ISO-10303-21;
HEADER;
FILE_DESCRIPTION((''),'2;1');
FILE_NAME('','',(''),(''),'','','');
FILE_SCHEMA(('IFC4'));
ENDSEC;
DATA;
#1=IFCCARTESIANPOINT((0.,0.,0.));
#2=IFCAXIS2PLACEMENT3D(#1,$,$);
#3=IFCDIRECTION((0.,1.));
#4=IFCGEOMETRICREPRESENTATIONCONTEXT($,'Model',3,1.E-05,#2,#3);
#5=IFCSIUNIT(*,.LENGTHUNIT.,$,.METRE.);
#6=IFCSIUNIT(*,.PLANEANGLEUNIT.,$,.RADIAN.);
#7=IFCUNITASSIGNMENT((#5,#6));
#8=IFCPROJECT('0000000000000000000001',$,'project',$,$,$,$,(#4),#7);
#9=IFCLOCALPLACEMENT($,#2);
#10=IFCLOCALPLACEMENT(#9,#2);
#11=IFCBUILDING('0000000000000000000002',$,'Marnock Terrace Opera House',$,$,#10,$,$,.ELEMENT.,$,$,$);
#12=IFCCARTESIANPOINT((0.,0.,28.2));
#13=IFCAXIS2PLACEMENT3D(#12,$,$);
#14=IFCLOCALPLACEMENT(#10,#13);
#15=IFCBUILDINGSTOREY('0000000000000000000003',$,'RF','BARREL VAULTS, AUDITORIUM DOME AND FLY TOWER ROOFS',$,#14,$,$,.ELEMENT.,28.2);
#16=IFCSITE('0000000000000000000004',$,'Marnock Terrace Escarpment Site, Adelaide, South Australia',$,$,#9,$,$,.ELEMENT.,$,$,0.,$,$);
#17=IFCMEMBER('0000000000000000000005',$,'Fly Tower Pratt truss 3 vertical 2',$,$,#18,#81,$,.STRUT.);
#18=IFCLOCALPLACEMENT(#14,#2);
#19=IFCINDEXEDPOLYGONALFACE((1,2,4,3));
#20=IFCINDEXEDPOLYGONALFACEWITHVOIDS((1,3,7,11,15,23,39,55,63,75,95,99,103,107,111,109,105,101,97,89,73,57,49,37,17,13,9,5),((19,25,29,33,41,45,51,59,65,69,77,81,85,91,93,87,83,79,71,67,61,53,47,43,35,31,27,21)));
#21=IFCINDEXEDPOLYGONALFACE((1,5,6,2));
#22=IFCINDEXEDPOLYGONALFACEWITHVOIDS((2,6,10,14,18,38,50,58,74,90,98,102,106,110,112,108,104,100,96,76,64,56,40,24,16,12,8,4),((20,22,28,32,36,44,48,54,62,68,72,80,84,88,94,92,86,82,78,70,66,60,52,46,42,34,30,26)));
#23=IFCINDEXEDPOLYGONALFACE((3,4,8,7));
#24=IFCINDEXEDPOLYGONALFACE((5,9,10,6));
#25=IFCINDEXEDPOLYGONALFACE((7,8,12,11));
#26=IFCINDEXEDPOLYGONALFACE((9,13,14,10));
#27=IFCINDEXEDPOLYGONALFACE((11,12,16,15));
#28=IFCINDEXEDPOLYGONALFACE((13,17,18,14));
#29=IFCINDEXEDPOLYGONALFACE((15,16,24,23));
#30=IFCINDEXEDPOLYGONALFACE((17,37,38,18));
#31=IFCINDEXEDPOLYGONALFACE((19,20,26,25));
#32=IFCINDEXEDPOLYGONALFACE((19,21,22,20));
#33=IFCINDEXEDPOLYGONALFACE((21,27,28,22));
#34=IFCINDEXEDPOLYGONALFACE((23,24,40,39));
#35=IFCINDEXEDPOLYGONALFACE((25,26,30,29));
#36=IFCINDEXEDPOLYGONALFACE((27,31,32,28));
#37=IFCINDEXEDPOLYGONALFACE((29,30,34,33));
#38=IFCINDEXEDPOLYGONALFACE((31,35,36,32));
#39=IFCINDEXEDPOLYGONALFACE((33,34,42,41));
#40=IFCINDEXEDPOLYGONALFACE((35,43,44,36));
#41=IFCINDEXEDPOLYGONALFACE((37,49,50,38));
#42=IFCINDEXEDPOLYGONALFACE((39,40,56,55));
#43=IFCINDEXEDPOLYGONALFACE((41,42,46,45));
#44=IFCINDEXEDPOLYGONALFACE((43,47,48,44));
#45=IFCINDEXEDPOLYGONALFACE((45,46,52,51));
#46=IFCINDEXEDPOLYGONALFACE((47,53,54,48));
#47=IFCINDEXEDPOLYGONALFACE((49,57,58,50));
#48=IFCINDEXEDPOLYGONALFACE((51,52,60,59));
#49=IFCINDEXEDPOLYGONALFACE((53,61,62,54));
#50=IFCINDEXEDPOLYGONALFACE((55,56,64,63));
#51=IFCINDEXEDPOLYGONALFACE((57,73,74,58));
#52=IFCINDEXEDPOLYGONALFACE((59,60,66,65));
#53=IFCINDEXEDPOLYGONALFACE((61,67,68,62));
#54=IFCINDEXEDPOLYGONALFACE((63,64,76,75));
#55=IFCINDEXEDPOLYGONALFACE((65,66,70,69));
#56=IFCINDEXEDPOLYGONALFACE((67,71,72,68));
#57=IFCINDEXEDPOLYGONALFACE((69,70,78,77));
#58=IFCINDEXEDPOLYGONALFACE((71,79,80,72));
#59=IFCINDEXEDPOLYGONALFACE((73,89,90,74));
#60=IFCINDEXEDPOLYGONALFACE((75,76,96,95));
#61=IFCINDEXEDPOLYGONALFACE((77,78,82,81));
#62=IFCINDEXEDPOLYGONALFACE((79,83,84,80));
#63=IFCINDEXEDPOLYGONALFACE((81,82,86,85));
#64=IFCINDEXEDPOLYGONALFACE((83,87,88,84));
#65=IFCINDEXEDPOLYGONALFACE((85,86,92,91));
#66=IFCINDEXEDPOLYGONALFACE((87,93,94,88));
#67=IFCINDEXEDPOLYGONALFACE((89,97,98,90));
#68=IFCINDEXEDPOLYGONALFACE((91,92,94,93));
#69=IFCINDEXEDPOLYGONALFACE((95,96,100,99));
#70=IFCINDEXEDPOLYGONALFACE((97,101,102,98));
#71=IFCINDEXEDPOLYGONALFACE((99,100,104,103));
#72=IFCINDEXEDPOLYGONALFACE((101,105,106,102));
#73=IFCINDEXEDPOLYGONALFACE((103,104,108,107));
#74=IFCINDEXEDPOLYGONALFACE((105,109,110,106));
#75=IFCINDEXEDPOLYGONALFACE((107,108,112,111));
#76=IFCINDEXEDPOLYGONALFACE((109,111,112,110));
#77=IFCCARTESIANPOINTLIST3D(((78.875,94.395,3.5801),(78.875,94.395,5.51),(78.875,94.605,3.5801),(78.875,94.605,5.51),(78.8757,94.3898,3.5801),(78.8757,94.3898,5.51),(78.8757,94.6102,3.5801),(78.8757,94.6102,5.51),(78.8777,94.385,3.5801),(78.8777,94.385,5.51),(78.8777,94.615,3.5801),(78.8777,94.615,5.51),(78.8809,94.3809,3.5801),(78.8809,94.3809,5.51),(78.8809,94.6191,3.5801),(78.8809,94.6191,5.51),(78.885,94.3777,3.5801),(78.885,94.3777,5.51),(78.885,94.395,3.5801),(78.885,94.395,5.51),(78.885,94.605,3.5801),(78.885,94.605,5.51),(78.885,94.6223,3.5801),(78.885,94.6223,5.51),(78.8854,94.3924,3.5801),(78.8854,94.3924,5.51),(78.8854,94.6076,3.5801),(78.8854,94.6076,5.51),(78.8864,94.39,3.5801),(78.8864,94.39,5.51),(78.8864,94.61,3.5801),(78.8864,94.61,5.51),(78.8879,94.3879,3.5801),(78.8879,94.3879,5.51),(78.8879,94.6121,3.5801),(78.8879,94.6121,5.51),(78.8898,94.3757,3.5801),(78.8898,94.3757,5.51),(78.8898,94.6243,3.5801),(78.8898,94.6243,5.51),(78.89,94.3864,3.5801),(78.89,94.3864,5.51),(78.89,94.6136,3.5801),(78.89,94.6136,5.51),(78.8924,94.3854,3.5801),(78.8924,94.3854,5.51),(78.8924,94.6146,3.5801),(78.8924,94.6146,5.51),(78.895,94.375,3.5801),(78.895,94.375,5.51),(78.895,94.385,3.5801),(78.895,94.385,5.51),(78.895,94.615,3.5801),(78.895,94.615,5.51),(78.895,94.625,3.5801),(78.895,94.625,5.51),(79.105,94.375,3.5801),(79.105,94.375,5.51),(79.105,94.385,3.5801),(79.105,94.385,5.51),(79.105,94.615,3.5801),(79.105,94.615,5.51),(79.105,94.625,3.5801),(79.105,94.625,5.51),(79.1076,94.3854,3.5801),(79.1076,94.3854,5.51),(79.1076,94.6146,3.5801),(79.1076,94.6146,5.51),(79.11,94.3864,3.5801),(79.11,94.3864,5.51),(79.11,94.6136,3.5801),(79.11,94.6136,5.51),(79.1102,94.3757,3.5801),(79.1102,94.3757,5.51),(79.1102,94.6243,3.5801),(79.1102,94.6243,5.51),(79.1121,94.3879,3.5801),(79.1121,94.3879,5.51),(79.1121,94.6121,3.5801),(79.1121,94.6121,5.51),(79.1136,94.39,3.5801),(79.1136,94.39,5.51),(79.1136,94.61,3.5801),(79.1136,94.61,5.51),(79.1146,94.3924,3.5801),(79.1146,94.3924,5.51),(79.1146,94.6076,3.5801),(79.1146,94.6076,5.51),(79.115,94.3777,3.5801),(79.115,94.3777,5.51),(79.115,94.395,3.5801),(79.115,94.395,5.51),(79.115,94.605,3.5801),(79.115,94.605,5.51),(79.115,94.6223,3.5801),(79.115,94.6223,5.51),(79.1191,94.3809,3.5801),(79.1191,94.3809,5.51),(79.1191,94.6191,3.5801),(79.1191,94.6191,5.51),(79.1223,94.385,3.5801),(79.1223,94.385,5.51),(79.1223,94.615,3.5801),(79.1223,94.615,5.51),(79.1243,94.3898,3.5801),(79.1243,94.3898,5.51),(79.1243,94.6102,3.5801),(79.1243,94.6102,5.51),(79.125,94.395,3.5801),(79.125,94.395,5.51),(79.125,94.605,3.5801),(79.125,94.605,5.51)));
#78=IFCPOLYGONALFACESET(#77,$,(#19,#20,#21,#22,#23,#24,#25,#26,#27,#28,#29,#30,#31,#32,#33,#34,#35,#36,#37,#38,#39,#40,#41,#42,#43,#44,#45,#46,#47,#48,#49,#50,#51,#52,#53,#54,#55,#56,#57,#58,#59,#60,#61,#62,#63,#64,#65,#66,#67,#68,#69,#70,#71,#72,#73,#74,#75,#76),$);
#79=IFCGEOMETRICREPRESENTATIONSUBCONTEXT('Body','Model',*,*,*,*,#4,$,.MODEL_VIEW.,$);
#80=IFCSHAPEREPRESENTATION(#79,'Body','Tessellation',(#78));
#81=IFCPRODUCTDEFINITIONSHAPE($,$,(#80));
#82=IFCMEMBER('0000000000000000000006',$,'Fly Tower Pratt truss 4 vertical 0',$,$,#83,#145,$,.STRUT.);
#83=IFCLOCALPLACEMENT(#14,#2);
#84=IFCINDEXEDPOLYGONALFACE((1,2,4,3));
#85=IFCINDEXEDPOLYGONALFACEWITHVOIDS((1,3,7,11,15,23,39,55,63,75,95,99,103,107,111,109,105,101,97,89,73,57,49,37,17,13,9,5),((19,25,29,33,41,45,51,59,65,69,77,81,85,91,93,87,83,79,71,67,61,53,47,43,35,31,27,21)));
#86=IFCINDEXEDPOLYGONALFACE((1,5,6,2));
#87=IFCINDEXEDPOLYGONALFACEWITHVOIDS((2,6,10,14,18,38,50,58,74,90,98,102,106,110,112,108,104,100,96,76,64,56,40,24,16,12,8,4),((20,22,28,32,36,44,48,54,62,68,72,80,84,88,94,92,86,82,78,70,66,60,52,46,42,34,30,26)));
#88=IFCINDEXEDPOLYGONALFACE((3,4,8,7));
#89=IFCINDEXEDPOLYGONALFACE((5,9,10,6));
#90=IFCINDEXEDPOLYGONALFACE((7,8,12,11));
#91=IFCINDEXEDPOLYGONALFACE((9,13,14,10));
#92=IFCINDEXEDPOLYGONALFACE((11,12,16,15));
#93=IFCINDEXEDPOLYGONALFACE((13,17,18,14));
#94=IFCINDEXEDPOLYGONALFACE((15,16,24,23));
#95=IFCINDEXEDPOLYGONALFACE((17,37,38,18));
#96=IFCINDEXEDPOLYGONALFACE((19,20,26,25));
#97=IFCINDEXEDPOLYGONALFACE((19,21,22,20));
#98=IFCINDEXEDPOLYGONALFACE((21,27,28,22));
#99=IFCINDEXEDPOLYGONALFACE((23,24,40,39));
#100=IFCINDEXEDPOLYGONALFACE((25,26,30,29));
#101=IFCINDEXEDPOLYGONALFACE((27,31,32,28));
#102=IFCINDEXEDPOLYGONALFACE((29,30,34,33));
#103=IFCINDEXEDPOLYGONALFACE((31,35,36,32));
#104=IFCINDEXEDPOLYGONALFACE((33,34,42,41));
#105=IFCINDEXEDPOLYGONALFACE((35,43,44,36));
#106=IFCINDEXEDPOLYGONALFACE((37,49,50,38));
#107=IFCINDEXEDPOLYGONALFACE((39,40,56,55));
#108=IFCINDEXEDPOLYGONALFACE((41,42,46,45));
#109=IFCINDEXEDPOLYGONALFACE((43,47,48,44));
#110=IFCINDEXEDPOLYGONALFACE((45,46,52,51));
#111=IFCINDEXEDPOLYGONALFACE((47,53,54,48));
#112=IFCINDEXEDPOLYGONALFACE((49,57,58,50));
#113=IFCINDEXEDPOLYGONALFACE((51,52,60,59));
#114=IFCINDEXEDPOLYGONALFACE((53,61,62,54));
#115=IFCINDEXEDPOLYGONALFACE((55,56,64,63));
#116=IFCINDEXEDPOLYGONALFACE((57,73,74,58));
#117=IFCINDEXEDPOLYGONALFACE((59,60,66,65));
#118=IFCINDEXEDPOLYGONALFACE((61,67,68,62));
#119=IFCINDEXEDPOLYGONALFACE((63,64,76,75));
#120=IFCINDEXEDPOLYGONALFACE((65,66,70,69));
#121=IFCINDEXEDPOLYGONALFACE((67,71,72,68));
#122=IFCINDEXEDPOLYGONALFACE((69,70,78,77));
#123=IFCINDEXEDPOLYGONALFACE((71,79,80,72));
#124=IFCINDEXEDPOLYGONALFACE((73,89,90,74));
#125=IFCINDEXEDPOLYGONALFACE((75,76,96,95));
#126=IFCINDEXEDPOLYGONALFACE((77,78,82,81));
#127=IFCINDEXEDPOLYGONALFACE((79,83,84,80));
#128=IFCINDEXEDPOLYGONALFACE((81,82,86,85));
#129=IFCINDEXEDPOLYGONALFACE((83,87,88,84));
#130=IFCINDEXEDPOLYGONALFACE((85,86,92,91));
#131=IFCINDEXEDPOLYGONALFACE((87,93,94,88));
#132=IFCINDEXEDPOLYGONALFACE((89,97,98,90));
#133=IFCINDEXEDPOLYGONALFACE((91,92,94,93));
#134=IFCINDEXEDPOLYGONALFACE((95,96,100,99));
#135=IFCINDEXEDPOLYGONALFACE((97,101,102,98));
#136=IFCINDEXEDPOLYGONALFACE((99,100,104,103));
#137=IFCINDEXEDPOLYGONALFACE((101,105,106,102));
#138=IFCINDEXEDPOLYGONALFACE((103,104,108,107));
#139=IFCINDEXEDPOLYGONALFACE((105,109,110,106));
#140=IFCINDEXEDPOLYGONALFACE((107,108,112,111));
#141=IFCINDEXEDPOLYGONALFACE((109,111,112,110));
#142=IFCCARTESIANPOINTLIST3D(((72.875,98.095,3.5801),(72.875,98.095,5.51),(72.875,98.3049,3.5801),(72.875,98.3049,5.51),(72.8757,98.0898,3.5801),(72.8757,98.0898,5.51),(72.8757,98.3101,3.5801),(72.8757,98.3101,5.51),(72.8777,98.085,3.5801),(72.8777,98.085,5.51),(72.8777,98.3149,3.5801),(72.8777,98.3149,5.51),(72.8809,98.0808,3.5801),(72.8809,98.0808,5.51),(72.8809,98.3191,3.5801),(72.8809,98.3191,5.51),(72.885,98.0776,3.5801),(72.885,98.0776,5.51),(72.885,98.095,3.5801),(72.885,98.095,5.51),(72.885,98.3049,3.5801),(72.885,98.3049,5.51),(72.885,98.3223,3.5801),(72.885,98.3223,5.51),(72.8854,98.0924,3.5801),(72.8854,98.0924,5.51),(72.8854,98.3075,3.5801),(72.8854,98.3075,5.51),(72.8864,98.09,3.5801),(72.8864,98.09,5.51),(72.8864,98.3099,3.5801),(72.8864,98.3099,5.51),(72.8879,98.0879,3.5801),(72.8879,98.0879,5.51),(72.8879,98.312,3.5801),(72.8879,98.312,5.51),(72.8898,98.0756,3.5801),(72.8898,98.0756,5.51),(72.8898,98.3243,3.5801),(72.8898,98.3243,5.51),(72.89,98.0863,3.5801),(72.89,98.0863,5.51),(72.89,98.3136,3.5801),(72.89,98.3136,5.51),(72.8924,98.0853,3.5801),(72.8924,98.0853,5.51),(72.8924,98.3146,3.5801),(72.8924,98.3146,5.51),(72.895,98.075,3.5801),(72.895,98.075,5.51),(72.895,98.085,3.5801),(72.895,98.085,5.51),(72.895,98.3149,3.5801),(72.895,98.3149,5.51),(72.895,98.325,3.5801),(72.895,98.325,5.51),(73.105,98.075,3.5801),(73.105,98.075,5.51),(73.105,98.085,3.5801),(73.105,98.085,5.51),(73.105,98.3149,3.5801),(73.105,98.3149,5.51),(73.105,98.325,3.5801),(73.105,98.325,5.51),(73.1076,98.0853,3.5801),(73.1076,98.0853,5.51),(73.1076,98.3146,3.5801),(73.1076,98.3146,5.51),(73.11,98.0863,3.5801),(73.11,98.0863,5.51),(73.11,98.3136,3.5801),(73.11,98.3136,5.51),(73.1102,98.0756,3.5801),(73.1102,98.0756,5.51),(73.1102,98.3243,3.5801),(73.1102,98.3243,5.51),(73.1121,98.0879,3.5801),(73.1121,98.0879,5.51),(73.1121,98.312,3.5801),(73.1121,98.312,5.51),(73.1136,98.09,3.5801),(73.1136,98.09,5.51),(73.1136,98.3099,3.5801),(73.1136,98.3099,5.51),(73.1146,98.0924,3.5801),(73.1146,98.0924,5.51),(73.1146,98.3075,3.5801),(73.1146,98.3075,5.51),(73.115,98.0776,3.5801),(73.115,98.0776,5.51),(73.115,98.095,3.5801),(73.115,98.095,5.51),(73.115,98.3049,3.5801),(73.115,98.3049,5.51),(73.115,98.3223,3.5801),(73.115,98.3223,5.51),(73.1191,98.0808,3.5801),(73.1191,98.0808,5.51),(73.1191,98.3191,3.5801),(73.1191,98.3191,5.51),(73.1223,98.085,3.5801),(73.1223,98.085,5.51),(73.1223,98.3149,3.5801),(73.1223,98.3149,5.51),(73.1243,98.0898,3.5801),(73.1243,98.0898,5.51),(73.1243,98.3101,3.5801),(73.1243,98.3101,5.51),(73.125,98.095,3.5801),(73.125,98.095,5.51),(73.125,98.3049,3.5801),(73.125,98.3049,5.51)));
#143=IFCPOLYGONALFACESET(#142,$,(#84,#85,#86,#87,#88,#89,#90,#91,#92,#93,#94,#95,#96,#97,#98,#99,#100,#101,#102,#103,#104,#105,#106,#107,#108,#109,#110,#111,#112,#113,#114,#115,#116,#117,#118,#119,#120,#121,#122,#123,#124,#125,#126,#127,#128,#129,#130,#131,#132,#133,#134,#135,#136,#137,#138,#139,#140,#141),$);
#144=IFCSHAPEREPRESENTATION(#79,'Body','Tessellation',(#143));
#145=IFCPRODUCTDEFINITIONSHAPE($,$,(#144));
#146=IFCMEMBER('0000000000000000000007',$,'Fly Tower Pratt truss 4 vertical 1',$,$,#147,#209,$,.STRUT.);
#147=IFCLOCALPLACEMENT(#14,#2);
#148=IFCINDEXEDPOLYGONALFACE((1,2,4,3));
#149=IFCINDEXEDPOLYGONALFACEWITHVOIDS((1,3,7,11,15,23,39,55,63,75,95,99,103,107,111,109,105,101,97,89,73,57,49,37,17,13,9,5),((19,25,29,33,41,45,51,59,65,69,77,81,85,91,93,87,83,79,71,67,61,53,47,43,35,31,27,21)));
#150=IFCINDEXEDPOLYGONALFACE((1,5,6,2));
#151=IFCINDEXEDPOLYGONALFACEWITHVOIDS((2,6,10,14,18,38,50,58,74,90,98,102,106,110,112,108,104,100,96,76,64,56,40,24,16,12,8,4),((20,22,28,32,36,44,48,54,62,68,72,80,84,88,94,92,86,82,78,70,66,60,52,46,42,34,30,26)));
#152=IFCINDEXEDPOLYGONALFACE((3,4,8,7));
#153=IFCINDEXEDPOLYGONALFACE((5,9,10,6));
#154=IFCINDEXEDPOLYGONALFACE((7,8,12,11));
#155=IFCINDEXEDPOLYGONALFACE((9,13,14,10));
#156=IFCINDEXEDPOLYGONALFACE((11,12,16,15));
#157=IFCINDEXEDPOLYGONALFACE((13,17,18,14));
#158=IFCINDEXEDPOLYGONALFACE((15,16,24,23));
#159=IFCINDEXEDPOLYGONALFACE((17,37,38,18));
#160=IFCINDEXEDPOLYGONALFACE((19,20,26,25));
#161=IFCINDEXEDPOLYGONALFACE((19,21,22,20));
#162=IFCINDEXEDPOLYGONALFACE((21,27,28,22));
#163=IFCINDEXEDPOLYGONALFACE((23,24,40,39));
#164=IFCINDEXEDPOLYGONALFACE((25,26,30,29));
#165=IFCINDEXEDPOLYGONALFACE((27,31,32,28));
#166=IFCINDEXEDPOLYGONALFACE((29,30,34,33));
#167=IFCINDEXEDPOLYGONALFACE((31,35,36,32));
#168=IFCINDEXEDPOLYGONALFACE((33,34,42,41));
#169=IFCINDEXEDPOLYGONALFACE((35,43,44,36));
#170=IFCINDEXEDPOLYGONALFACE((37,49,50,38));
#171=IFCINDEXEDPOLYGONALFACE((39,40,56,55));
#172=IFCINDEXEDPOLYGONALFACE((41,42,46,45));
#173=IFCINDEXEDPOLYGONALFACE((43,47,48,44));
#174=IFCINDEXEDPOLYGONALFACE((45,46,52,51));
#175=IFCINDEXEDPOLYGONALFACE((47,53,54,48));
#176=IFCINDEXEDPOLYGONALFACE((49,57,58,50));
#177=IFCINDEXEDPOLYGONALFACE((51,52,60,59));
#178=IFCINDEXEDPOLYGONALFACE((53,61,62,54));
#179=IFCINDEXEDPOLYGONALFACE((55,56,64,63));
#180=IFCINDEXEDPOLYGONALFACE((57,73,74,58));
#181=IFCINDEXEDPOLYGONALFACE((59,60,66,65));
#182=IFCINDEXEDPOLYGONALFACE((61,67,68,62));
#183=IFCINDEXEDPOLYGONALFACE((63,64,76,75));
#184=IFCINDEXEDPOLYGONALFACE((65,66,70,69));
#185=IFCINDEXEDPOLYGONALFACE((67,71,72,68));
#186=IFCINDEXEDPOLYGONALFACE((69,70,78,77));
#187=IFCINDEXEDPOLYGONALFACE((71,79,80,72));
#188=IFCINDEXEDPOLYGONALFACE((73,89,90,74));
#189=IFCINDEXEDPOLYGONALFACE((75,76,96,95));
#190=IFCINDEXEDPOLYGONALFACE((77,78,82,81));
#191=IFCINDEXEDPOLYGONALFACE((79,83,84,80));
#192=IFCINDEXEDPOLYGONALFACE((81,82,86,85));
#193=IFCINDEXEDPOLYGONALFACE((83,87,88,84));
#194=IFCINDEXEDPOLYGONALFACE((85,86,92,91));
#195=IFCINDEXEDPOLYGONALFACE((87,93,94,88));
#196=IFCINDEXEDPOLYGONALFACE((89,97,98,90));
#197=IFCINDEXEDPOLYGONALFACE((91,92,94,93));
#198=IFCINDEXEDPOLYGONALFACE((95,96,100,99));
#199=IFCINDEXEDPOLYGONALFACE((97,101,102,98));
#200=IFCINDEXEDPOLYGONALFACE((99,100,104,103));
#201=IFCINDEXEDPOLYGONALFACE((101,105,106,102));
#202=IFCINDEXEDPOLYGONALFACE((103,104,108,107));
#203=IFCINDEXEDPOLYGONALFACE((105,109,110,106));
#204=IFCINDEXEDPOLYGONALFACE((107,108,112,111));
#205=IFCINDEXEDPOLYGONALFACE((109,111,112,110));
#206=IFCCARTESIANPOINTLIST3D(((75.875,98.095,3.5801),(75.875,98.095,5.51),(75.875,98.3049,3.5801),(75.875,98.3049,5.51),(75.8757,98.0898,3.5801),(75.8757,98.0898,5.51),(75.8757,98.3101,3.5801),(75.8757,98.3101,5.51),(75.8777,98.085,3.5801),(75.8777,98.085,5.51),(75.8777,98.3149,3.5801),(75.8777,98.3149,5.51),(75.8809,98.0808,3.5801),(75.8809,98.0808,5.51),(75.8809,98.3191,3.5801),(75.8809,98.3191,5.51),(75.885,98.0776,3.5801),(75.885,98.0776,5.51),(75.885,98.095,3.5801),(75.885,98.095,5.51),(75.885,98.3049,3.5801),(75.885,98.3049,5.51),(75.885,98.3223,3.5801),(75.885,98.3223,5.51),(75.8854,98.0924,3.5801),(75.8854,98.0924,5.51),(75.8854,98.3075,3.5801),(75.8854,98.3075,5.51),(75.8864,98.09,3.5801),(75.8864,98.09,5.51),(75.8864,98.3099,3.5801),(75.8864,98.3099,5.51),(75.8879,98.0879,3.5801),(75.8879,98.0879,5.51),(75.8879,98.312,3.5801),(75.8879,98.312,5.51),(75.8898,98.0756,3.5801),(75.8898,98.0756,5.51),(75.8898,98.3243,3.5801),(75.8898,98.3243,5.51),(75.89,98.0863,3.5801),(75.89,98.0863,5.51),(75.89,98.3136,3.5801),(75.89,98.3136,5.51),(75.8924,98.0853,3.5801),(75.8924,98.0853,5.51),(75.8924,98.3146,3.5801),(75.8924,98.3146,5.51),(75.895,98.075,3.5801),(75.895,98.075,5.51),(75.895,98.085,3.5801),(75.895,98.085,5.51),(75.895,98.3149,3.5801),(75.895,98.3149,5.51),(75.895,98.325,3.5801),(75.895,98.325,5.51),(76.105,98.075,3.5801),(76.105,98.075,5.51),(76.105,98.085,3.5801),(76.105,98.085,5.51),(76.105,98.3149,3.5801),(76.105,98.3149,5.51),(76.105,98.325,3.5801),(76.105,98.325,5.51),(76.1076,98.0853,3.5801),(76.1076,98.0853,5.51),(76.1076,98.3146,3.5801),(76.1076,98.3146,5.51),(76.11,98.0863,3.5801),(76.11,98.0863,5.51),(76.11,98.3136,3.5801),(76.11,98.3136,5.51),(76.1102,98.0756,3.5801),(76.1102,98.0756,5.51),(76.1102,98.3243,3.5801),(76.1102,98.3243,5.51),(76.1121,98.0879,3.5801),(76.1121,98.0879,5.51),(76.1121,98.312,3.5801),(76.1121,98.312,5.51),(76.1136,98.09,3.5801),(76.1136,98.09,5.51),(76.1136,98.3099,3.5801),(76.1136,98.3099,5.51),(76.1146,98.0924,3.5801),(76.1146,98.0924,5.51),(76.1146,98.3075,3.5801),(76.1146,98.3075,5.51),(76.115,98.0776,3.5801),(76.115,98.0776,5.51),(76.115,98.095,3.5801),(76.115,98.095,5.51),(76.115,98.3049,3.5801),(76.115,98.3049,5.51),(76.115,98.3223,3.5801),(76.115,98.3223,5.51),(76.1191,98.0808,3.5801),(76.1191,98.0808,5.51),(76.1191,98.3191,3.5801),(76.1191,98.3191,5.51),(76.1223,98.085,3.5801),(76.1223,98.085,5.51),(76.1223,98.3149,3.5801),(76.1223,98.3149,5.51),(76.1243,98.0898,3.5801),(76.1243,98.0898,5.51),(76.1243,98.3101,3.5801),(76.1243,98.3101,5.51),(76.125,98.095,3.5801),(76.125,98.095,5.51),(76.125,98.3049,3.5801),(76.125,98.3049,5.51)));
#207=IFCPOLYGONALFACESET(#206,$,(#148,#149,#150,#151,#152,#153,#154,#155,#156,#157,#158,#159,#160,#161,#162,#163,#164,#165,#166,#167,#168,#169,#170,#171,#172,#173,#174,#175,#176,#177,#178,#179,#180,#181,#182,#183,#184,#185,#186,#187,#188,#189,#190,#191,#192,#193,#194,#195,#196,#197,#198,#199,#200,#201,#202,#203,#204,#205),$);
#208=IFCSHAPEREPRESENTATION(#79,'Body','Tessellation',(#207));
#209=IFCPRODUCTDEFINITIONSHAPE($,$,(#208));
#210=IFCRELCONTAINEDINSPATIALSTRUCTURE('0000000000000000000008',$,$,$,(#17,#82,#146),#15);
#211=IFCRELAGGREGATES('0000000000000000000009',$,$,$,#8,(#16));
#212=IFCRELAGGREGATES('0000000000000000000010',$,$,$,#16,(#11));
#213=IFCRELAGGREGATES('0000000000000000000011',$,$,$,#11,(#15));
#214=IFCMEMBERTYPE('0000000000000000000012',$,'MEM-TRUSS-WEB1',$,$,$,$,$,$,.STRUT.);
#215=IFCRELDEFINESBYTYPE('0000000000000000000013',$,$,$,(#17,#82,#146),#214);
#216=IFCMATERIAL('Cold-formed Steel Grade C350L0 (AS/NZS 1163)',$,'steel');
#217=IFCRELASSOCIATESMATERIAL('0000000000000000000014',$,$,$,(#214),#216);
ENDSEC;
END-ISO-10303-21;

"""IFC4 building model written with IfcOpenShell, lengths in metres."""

from ifc_helpers import new_model, si_unit, direction, frame, origin, origin_2d, place, context, subcontext, project, spatial, hollow_rectangle, extrude, material, material_profile, profile_set, type_object, element, save


model = new_model("IFC4")

# Units and contexts
model_context = context("Model", 3, precision=1e-05, world=origin(), true_north=direction((0.0, 1.0)))
body_context = subcontext(model_context, "Body", "Model", "MODEL_VIEW")
ifc_project = project(units=[si_unit("LENGTHUNIT", "METRE"), si_unit("PLANEANGLEUNIT", "RADIAN")], contexts=[model_context])

# Site, building, storey
site_placement = place(None, origin())
site = spatial("IfcSite", under=ifc_project, at=site_placement, Name="Marnock Terrace Escarpment Site, Adelaide, South Australia", CompositionType="ELEMENT", RefElevation=0.0)
building_placement = place(site_placement, origin())
building = spatial("IfcBuilding", under=site, at=building_placement, Name="Marnock Terrace Opera House", CompositionType="ELEMENT")
storey_placement = place(building_placement, frame((0.0, 0.0, 28.2)))
storey = spatial("IfcBuildingStorey", under=building, at=storey_placement, Name="RF", Description="BARREL VAULTS, AUDITORIUM DOME AND FLY TOWER ROOFS", CompositionType="ELEMENT", Elevation=28.2)

# Members
ifc_material_1 = material(Name="Cold-formed Steel Grade C350L0 (AS/NZS 1163)", Category="steel")
ifc_material_profile_1 = material_profile(ifc_material_1, hollow_rectangle(XDim=0.25, YDim=0.25, WallThickness=0.01, InnerFilletRadius=0.01, OuterFilletRadius=0.02, at=origin_2d()))
ifc_profile_set_1 = profile_set([ifc_material_profile_1], Name="Cold-formed Steel Grade C350L0 (AS/NZS 1163)")
member_type_1 = type_object("IfcMemberType", Name="MEM-TRUSS-WEB1", PredefinedType="STRUT", material=ifc_profile_set_1)
for number, where, z_axis, x_axis, name in (
    (1, (79.0, 94.5, 3.5801), (0.0, 0.0, 1.0), (1.0, 0.0, 0.0), "Fly Tower Pratt truss 3 vertical 2"),
    (2, (73.0, 98.2, 3.5801), (0.0, 0.0, 1.0), (1.0, 0.0, 0.0), "Fly Tower Pratt truss 4 vertical 0"),
    (3, (76.0, 98.2, 3.5801), (0.0, 0.0, 1.0), (1.0, 0.0, 0.0), "Fly Tower Pratt truss 4 vertical 1"),
):
    element("IfcMember", number, at=place(storey_placement, frame(where, z_axis=z_axis, x_axis=x_axis)), inside=storey, type_object=member_type_1, Name=name, PredefinedType="STRUT", context=body_context, shape_type="SweptSolid", body=[
        extrude(hollow_rectangle(XDim=0.25, YDim=0.25, WallThickness=0.01, InnerFilletRadius=0.01, OuterFilletRadius=0.02, at=origin_2d()), origin(), (0.0, 0.0, 1.0), 1.9299),
    ])

save(model, "model.ifc")
